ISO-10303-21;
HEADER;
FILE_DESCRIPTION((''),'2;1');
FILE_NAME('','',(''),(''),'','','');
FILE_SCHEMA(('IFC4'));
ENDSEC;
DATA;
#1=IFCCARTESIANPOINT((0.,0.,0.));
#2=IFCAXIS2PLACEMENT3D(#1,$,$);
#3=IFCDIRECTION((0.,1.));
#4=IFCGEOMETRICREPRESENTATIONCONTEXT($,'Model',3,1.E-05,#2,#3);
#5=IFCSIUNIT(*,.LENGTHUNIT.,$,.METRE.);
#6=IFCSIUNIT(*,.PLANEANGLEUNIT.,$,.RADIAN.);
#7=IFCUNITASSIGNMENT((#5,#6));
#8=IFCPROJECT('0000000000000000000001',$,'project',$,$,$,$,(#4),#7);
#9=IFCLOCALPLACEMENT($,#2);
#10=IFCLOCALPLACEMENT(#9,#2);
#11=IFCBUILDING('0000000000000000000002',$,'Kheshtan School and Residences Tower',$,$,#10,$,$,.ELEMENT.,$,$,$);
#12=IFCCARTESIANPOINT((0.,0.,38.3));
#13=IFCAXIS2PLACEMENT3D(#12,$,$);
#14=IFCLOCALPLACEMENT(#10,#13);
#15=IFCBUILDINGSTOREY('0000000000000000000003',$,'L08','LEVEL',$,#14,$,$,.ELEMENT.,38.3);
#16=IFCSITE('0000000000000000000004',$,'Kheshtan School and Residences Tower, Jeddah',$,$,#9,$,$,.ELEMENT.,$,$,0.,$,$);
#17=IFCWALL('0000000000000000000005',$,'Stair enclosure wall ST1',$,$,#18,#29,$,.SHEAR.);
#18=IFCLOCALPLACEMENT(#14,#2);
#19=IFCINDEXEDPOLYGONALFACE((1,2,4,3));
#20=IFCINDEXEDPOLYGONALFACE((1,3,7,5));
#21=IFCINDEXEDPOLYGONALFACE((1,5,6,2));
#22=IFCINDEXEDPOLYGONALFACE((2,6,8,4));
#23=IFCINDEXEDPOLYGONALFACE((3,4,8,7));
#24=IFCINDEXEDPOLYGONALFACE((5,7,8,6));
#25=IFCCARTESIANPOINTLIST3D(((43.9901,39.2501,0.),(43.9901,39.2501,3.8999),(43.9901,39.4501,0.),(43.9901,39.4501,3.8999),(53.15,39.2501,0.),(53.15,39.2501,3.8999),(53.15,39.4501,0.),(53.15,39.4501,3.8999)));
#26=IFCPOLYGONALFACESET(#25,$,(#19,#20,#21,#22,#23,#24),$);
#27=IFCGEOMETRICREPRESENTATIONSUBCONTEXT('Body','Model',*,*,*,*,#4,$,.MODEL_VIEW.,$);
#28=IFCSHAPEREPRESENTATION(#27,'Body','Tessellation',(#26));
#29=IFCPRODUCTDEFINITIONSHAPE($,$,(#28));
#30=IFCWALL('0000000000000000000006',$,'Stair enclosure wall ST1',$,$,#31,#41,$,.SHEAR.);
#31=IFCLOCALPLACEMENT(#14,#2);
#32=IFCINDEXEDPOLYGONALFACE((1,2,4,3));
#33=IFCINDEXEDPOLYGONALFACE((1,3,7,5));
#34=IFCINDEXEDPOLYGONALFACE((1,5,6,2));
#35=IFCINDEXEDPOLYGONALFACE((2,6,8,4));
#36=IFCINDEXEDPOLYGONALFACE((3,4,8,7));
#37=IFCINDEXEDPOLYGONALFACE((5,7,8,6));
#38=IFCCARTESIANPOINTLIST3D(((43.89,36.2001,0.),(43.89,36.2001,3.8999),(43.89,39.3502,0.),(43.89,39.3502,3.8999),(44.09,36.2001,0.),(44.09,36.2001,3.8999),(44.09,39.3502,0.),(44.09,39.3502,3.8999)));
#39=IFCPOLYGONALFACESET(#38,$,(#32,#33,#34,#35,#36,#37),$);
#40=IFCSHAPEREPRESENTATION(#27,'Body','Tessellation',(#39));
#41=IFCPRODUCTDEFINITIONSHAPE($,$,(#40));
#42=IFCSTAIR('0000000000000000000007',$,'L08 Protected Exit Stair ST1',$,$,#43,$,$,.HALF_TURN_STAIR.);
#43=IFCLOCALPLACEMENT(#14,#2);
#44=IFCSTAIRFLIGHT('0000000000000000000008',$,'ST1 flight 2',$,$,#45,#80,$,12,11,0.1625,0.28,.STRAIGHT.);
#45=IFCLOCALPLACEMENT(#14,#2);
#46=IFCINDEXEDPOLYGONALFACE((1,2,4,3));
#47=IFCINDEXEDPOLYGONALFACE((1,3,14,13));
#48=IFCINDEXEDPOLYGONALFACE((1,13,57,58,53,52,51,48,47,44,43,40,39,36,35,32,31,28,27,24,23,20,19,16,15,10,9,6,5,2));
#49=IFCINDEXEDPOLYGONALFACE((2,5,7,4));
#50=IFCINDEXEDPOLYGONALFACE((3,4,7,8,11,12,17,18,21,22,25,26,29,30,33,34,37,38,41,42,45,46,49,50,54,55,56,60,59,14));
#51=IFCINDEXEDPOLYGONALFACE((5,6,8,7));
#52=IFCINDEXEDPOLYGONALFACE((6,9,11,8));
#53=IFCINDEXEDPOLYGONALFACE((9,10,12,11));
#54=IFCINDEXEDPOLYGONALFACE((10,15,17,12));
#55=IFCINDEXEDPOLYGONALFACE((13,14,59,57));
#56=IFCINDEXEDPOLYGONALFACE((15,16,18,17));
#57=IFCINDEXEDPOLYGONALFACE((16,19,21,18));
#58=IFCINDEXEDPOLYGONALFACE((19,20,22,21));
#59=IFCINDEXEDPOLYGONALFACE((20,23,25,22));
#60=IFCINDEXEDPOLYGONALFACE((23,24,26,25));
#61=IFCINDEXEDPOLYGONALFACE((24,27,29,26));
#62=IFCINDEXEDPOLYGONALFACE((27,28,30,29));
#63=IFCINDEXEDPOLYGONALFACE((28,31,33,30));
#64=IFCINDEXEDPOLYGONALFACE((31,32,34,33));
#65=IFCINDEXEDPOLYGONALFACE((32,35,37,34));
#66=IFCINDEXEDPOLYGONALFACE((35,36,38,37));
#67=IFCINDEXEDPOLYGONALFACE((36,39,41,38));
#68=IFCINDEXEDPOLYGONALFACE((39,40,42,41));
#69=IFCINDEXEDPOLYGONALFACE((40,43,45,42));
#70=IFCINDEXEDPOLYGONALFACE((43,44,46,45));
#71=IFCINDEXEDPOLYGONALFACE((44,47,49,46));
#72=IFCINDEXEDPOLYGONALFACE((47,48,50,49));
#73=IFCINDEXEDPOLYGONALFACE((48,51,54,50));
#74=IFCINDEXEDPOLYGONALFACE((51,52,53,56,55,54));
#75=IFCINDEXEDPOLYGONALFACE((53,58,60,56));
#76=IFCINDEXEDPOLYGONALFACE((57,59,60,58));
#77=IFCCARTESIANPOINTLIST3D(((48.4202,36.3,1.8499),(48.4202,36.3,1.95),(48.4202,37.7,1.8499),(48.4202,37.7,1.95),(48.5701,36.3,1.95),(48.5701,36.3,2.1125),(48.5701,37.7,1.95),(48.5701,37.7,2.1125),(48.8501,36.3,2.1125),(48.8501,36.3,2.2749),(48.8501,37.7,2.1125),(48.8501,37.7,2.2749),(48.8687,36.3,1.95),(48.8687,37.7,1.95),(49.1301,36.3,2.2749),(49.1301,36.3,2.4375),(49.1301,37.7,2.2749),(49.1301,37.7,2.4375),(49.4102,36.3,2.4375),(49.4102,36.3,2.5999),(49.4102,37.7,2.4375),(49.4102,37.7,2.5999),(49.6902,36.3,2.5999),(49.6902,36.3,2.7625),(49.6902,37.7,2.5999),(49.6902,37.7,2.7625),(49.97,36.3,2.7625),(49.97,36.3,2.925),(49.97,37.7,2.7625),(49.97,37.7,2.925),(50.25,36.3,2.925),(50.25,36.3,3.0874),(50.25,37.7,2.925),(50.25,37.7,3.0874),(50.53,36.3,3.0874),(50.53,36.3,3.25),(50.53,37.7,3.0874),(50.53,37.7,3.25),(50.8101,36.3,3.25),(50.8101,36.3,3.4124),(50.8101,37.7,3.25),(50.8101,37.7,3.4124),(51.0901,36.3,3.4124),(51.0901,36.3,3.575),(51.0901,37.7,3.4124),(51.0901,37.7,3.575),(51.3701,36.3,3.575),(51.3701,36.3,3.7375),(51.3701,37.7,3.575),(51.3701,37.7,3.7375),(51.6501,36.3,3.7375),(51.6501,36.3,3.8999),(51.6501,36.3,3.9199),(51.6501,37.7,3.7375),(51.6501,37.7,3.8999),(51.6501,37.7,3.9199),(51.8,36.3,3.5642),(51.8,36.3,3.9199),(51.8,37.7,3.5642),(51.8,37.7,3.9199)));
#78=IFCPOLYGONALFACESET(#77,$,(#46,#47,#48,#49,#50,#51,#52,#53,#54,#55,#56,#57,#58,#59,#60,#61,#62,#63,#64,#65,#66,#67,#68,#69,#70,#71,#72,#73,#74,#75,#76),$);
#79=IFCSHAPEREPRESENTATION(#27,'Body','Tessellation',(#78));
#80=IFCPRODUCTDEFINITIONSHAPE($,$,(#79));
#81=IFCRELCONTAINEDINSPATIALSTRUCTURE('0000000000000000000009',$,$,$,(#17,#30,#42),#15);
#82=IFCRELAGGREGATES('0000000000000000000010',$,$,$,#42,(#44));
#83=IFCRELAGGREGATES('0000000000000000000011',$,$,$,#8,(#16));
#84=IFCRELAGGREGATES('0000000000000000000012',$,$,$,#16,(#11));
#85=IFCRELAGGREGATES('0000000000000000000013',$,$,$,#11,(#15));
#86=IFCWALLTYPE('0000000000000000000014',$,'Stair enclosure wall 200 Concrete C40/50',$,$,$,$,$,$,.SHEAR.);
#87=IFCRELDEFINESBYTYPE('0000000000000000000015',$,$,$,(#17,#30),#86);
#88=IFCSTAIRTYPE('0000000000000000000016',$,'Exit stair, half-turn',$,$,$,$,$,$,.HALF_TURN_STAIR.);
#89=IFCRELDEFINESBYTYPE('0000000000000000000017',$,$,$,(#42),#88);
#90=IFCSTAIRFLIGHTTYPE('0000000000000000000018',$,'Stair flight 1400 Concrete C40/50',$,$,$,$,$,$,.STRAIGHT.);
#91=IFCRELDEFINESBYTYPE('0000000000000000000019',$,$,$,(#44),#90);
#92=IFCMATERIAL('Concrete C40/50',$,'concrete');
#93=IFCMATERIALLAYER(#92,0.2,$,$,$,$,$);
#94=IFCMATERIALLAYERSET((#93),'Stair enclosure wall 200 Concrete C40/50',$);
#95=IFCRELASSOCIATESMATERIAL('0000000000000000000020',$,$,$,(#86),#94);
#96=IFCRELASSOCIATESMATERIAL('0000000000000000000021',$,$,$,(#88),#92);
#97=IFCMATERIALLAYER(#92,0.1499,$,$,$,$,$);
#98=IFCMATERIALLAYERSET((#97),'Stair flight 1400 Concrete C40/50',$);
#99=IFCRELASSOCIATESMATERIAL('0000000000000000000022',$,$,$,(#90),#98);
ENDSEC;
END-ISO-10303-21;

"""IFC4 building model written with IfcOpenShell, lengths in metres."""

from ifc_helpers import new_model, si_unit, direction, frame, frame_2d, origin, place, context, subcontext, project, spatial, polyline, rectangle, outline, extrude, material, layer, layer_set, type_object, element, aggregate, save


model = new_model("IFC4")

# Units and contexts
model_context = context("Model", 3, precision=1e-05, world=origin(), true_north=direction((0.0, 1.0)))
body_context = subcontext(model_context, "Body", "Model", "MODEL_VIEW")
ifc_project = project(units=[si_unit("LENGTHUNIT", "METRE"), si_unit("PLANEANGLEUNIT", "RADIAN")], contexts=[model_context])

# Site, building, storey
site_placement = place(None, origin())
site = spatial("IfcSite", under=ifc_project, at=site_placement, Name="Kheshtan School and Residences Tower, Jeddah", CompositionType="ELEMENT", RefElevation=0.0)
building_placement = place(site_placement, origin())
building = spatial("IfcBuilding", under=site, at=building_placement, Name="Kheshtan School and Residences Tower", CompositionType="ELEMENT")
storey_placement = place(building_placement, frame((0.0, 0.0, 38.3)))
storey = spatial("IfcBuildingStorey", under=building, at=storey_placement, Name="L08", Description="LEVEL", CompositionType="ELEMENT", Elevation=38.3)

# Walls
ifc_material_1 = material(Name="Concrete C40/50", Category="concrete")
ifc_layer_1 = layer(ifc_material_1, 0.2)
ifc_layer_set_1 = layer_set([ifc_layer_1], Name="Stair enclosure wall 200 Concrete C40/50")
wall_type_1 = type_object("IfcWallType", Name="Stair enclosure wall 200 Concrete C40/50", PredefinedType="SHEAR", material=ifc_layer_set_1)
wall_1_placement = place(storey_placement, frame((43.99, 39.3501, 0.0), z_axis=(0.0, 0.0, 1.0), x_axis=(1.0, 0.0, 0.0)))
element("IfcWall", 1, at=wall_1_placement, inside=storey, type_object=wall_type_1, Name="Stair enclosure wall ST1", PredefinedType="SHEAR", context=body_context, shape_type="SweptSolid", body=[
    extrude(rectangle(XDim=9.1599, YDim=0.2, at=frame_2d((4.5801, 0.0))), origin(), (0.0, 0.0, 1.0), 3.8999),
])
wall_2_placement = place(storey_placement, frame((43.99, 36.2, 0.0), z_axis=(0.0, 0.0, 1.0), x_axis=(0.0, 1.0, 0.0)))
element("IfcWall", 2, at=wall_2_placement, inside=storey, type_object=wall_type_1, Name="Stair enclosure wall ST1", PredefinedType="SHEAR", context=body_context, shape_type="SweptSolid", body=[
    extrude(rectangle(XDim=3.1501, YDim=0.2, at=frame_2d((1.5752, 0.0))), origin(), (0.0, 0.0, 1.0), 3.8999),
])

# Stair, stair flight
stair_type = type_object("IfcStairType", Name="Exit stair, half-turn", PredefinedType="HALF_TURN_STAIR", material=ifc_material_1)
stair_placement = place(storey_placement, origin())
stair = element("IfcStair", 3, at=stair_placement, inside=storey, type_object=stair_type, Name="L08 Protected Exit Stair ST1", PredefinedType="HALF_TURN_STAIR")
ifc_layer_2 = layer(ifc_material_1, 0.1499)
ifc_layer_set_2 = layer_set([ifc_layer_2], Name="Stair flight 1400 Concrete C40/50")
stair_flight_type = type_object("IfcStairFlightType", Name="Stair flight 1400 Concrete C40/50", PredefinedType="STRAIGHT", material=ifc_layer_set_2)
stair_flight_placement = place(storey_placement, frame((48.5701, 37.0, 1.95), z_axis=(0.0, 0.0, 1.0), x_axis=(1.0, 0.0, 0.0)))
stair_flight = element("IfcStairFlight", 4, at=stair_flight_placement, type_object=stair_flight_type, Name="ST1 flight 2", NumberOfRisers=12, NumberOfTreads=11, PredefinedType="STRAIGHT", RiserHeight=0.1625, TreadLength=0.28, context=body_context, shape_type="SweptSolid", body=[
    extrude(outline(polyline([(-0.1499, -0.1001), (-0.1499, 0.0), (0.0, 0.0), (0.0, 0.1626), (0.28, 0.1626), (0.28, 0.325), (0.5601, 0.325), (0.5601, 0.4875), (0.8401, 0.4875), (0.8401, 0.6499), (1.1201, 0.6499), (1.1201, 0.8125), (1.3999, 0.8125), (1.3999, 0.9751), (1.6799, 0.9751), (1.6799, 1.1375), (1.96, 1.1375), (1.96, 1.3), (2.24, 1.3), (2.24, 1.4624), (2.52, 1.4624), (2.52, 1.625), (2.8, 1.625), (2.8, 1.7876), (3.0801, 1.7876), (3.0801, 1.95), (3.0801, 1.97), (3.23, 1.97), (3.23, 1.6143), (0.2986, 0.0), (-0.1499, -0.1001)])), frame((0.0, 0.7, 0.0), z_axis=(0.0, -1.0, 0.0), x_axis=(1.0, 0.0, 0.0)), (0.0, 0.0, 1.0), 1.3999),
])
aggregate(stair, [stair_flight])

save(model, "model.ifc")
